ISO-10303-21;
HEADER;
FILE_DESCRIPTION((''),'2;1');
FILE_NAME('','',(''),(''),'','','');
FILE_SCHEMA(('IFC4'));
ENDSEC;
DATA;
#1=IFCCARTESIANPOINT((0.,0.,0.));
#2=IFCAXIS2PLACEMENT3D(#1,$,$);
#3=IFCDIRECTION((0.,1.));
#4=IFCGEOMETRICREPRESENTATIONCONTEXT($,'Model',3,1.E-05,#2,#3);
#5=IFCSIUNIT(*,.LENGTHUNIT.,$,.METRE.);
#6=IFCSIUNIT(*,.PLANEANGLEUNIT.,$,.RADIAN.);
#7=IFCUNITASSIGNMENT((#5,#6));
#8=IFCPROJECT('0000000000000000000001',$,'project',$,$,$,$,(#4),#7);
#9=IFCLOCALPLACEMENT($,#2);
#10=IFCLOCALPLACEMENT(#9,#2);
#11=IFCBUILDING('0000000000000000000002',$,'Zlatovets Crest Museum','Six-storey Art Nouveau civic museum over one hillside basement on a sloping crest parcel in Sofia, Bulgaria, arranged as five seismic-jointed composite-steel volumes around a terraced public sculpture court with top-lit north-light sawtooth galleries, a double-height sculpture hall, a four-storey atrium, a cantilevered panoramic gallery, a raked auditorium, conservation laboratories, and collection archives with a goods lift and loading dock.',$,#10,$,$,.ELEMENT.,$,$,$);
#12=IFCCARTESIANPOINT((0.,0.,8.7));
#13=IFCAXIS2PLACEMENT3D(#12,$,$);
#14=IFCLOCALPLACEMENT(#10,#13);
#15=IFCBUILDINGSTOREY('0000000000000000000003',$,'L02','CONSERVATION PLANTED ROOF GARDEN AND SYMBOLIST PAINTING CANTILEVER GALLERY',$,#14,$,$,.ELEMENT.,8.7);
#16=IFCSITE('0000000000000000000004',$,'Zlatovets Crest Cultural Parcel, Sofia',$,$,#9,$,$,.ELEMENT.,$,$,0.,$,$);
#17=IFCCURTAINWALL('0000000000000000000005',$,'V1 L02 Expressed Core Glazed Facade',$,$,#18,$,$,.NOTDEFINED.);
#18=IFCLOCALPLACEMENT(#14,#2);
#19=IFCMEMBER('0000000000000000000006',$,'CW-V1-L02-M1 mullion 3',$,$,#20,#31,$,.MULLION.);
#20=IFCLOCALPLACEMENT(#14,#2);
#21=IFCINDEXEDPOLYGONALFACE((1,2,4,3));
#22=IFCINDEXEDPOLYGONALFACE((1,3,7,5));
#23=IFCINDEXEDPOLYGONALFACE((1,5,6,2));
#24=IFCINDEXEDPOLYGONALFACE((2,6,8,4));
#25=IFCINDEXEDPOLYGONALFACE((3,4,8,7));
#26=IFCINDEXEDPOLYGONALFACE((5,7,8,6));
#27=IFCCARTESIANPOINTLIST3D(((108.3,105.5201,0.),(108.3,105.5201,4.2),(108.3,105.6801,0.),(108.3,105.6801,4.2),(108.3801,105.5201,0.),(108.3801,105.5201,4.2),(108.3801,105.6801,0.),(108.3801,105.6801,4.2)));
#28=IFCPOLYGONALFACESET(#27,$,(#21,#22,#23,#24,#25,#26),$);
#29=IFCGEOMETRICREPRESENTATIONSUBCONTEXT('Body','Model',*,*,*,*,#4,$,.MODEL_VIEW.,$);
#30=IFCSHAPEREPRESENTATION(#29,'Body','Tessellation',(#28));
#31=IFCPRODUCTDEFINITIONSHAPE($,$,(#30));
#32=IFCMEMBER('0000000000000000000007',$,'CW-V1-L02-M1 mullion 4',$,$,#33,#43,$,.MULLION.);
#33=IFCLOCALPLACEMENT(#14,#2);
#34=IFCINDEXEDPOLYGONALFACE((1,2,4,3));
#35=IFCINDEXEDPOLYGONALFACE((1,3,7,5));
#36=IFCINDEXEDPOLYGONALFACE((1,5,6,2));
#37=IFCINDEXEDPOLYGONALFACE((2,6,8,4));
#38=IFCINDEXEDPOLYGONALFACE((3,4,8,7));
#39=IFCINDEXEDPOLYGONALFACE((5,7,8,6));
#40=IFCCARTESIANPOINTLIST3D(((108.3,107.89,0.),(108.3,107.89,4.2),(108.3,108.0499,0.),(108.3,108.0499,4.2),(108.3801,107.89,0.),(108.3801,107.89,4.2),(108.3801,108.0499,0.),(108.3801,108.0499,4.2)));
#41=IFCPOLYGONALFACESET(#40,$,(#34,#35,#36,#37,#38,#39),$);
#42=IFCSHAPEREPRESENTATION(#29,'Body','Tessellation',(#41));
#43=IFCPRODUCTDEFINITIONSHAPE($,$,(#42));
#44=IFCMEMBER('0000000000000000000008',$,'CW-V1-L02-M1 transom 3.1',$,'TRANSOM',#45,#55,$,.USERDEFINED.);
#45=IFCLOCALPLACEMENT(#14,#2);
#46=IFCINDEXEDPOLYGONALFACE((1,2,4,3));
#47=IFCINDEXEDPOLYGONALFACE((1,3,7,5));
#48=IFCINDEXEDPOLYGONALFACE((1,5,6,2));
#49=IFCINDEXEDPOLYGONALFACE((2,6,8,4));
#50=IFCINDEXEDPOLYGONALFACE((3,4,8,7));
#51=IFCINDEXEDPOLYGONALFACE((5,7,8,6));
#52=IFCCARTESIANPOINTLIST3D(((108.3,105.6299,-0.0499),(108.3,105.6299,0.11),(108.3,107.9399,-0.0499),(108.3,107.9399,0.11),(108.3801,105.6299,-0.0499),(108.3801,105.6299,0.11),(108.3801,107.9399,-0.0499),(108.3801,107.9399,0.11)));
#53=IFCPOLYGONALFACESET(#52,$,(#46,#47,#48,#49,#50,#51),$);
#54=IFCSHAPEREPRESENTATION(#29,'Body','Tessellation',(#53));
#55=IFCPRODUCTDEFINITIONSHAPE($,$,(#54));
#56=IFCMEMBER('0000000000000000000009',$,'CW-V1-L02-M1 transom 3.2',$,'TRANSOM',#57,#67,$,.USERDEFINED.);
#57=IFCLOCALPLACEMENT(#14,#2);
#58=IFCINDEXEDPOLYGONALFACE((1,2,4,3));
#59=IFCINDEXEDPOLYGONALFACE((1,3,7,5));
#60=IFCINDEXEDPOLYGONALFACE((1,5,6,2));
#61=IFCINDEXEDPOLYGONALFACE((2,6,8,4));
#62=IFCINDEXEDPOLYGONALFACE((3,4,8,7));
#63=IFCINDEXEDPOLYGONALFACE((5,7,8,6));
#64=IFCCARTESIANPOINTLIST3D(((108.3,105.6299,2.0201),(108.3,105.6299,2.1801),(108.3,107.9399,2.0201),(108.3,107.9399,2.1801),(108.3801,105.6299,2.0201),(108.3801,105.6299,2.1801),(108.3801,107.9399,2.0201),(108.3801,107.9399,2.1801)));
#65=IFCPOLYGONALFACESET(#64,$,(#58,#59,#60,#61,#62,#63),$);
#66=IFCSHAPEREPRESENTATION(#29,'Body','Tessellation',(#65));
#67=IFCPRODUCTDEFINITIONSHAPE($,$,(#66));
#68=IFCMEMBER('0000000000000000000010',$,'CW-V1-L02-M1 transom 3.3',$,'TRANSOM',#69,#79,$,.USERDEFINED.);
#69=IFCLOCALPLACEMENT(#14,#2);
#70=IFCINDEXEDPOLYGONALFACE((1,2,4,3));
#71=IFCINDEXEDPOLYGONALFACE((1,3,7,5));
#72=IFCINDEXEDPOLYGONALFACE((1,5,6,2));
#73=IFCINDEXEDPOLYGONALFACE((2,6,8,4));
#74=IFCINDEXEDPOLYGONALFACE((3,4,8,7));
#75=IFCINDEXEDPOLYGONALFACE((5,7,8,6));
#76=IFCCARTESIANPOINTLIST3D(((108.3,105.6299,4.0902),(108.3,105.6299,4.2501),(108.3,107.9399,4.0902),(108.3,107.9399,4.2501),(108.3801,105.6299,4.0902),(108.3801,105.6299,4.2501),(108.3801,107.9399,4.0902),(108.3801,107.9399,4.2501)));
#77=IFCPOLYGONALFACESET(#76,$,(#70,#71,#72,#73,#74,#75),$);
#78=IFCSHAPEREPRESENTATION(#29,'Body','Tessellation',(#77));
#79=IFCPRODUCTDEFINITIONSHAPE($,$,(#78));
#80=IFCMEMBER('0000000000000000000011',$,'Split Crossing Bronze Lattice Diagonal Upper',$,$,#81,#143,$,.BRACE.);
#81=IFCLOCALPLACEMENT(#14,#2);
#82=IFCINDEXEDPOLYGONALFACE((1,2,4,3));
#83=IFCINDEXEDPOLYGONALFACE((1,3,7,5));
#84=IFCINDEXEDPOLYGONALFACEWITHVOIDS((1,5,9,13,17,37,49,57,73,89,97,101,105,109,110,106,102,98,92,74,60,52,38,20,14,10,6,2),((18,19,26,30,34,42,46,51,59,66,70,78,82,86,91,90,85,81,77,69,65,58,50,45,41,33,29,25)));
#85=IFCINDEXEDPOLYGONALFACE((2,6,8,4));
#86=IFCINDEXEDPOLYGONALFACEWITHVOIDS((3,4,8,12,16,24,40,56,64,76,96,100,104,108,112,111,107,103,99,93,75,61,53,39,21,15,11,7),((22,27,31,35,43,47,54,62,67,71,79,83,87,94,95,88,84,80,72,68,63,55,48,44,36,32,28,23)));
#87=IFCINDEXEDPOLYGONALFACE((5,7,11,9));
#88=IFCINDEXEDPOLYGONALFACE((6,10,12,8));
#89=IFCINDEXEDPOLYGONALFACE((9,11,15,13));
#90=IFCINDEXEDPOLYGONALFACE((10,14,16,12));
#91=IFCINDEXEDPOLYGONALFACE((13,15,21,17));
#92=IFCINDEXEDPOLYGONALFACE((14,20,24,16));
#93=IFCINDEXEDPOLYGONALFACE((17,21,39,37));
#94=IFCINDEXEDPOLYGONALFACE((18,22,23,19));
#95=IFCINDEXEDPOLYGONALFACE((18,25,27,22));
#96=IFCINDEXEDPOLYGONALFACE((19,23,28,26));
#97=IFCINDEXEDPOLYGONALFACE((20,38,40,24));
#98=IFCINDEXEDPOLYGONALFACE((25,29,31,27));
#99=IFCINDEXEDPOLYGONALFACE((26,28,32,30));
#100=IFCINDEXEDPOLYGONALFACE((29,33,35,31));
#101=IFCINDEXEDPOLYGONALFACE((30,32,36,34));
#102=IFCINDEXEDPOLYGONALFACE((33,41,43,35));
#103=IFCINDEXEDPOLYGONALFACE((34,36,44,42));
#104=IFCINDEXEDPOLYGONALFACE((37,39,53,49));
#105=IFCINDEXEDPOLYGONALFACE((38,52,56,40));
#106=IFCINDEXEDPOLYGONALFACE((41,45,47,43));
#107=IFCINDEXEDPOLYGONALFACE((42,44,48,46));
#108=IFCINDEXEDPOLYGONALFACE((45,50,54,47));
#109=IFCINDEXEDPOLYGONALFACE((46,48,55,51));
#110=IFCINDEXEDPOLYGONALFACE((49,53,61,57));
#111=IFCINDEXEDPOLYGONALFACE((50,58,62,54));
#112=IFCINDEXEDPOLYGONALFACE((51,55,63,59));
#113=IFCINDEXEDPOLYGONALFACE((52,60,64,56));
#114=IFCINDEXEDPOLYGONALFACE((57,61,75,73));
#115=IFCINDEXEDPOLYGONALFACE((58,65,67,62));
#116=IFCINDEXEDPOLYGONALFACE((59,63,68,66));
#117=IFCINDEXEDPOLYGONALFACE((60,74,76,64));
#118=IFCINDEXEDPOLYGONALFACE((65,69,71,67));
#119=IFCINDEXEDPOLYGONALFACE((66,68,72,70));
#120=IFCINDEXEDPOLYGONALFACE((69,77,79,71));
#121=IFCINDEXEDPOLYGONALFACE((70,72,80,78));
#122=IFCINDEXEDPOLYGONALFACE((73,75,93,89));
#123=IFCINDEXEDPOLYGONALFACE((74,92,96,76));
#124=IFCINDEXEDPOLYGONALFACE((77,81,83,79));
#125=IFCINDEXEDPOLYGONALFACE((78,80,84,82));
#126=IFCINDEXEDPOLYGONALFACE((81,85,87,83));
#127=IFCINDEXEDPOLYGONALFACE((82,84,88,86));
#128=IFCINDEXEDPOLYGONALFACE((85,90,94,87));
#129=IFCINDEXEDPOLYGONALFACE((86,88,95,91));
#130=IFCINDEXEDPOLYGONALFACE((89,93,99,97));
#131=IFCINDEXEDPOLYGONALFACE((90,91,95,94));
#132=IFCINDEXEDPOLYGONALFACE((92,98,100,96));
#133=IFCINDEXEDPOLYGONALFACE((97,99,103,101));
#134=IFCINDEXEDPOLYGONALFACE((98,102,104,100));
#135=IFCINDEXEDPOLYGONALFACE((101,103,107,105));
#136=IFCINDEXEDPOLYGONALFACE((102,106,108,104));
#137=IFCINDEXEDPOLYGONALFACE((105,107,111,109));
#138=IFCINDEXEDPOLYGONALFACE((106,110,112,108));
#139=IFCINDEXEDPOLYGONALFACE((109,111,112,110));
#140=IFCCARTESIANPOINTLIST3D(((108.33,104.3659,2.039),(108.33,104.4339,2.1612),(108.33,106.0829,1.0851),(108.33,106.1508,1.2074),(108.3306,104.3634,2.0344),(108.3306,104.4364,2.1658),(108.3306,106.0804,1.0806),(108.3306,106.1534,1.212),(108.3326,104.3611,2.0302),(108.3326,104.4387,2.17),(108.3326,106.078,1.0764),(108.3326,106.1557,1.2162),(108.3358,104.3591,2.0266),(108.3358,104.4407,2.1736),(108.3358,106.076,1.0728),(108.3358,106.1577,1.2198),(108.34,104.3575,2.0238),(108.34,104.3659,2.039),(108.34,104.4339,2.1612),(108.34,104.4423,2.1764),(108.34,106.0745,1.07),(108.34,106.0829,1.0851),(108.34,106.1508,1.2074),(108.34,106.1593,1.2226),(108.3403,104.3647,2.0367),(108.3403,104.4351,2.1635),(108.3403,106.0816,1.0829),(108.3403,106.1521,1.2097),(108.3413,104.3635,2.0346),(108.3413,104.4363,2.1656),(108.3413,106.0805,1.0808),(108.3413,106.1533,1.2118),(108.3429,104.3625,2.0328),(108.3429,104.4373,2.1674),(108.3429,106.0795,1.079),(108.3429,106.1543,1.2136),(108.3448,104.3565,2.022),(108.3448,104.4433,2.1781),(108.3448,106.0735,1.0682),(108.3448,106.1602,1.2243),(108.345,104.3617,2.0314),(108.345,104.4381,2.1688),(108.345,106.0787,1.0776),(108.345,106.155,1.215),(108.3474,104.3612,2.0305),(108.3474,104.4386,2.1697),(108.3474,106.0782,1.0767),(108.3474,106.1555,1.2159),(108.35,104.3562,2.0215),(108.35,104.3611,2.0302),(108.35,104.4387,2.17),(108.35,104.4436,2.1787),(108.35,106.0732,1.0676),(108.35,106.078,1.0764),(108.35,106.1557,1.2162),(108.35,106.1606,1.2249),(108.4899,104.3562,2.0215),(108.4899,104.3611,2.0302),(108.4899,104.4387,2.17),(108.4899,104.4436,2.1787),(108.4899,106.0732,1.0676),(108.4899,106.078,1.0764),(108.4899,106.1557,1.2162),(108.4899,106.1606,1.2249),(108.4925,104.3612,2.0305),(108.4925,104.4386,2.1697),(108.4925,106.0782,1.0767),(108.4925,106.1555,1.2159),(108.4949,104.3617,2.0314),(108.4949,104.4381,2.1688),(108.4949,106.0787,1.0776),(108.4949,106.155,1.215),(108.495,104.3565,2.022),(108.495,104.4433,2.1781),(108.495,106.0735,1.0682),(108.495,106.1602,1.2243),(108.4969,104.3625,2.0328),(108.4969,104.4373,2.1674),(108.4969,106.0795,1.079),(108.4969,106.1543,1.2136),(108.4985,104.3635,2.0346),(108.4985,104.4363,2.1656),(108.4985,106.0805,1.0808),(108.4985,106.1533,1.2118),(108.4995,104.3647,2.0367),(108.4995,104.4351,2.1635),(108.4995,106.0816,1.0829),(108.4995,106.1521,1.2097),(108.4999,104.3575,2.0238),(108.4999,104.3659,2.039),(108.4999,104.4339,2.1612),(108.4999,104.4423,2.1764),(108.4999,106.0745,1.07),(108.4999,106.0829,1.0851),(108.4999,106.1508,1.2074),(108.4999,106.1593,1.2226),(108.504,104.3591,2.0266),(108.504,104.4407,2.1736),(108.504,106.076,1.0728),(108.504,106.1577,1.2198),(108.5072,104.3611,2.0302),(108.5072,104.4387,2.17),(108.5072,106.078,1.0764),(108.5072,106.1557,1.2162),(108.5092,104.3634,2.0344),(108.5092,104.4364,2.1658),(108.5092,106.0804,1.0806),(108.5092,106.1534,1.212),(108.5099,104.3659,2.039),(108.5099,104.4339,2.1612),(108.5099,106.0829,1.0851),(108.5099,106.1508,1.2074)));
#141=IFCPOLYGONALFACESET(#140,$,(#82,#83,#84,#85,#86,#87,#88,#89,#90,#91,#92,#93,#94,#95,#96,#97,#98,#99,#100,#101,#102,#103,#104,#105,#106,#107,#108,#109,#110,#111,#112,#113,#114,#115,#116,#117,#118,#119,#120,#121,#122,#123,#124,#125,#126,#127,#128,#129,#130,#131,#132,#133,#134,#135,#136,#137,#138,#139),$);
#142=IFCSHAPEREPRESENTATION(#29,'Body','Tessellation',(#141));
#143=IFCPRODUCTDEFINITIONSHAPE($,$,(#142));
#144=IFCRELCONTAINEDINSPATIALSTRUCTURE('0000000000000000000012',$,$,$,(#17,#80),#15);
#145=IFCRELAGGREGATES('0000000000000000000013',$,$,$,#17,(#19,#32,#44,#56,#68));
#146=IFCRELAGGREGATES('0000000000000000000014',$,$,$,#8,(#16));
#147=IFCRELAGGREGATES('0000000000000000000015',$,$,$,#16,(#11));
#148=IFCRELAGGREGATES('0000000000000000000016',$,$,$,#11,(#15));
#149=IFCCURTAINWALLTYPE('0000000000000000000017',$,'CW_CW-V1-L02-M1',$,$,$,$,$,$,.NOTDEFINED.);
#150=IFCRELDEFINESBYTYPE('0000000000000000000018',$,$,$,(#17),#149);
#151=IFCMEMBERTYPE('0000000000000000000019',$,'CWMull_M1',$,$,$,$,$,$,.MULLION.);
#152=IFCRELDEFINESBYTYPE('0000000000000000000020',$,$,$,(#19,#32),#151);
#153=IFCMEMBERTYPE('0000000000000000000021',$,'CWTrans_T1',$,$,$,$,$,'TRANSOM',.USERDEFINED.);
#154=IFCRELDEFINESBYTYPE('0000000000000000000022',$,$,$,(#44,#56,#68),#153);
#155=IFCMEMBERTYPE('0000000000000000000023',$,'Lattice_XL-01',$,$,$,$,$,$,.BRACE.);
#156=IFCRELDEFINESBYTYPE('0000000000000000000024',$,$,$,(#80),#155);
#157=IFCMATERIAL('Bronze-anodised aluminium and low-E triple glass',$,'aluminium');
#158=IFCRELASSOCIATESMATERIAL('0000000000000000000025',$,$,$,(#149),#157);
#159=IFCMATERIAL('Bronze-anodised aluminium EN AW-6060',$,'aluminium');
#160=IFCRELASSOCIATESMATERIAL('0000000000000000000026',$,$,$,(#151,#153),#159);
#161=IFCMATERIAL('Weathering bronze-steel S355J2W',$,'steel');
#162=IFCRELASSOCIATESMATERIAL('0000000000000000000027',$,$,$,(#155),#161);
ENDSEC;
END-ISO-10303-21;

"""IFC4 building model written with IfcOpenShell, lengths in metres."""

from ifc_helpers import new_model, si_unit, direction, frame, origin, origin_2d, place, context, subcontext, project, spatial, rectangle, hollow_rectangle, extrude, material, material_profile, profile_set, type_object, element, aggregate, save


model = new_model("IFC4")

# Units and contexts
model_context = context("Model", 3, precision=1e-05, world=origin(), true_north=direction((0.0, 1.0)))
body_context = subcontext(model_context, "Body", "Model", "MODEL_VIEW")
ifc_project = project(units=[si_unit("LENGTHUNIT", "METRE"), si_unit("PLANEANGLEUNIT", "RADIAN")], contexts=[model_context])

# Site, building, storey
site_placement = place(None, origin())
site = spatial("IfcSite", under=ifc_project, at=site_placement, Name="Zlatovets Crest Cultural Parcel, Sofia", CompositionType="ELEMENT", RefElevation=0.0)
building_placement = place(site_placement, origin())
building = spatial("IfcBuilding", under=site, at=building_placement, Name="Zlatovets Crest Museum", Description="Six-storey Art Nouveau civic museum over one hillside basement on a sloping crest parcel in Sofia, Bulgaria, arranged as five seismic-jointed composite-steel volumes around a terraced public sculpture court with top-lit north-light sawtooth galleries, a double-height sculpture hall, a four-storey atrium, a cantilevered panoramic gallery, a raked auditorium, conservation laboratories, and collection archives with a goods lift and loading dock.", CompositionType="ELEMENT")
storey_placement = place(building_placement, frame((0.0, 0.0, 8.7)))
storey = spatial("IfcBuildingStorey", under=building, at=storey_placement, Name="L02", Description="CONSERVATION PLANTED ROOF GARDEN AND SYMBOLIST PAINTING CANTILEVER GALLERY", CompositionType="ELEMENT", Elevation=8.7)

# Curtain wall, members
ifc_material_1 = material(Name="Bronze-anodised aluminium and low-E triple glass", Category="aluminium")
curtain_wall_type = type_object("IfcCurtainWallType", Name="CW_CW-V1-L02-M1", PredefinedType="NOTDEFINED", material=ifc_material_1)
curtain_wall_placement = place(storey_placement, origin())
curtain_wall = element("IfcCurtainWall", 1, at=curtain_wall_placement, inside=storey, type_object=curtain_wall_type, Name="V1 L02 Expressed Core Glazed Facade", PredefinedType="NOTDEFINED")
ifc_material_2 = material(Name="Bronze-anodised aluminium EN AW-6060", Category="aluminium")
ifc_material_profile_1 = material_profile(ifc_material_2, rectangle(XDim=0.0801, YDim=0.1599, at=origin_2d()), Name="ALU 80x160")
ifc_profile_set_1 = profile_set([ifc_material_profile_1], Name="Bronze-anodised aluminium EN AW-6060")
member_type_1 = type_object("IfcMemberType", Name="CWMull_M1", PredefinedType="MULLION", material=ifc_profile_set_1)
member_1_placement = place(storey_placement, frame((108.3401, 105.6001, 0.0), z_axis=(0.0, 0.0, 1.0), x_axis=(-1.0, 0.0, 0.0)))
member_1 = element("IfcMember", 2, at=member_1_placement, type_object=member_type_1, Name="CW-V1-L02-M1 mullion 3", PredefinedType="MULLION", context=body_context, shape_type="SweptSolid", body=[
    extrude(rectangle(XDim=0.0801, YDim=0.1599, at=origin_2d()), origin(), (0.0, 0.0, 1.0), 4.2),
])
member_2_placement = place(storey_placement, frame((108.3401, 107.97, 0.0), z_axis=(0.0, 0.0, 1.0), x_axis=(-1.0, 0.0, 0.0)))
member_2 = element("IfcMember", 3, at=member_2_placement, type_object=member_type_1, Name="CW-V1-L02-M1 mullion 4", PredefinedType="MULLION", context=body_context, shape_type="SweptSolid", body=[
    extrude(rectangle(XDim=0.0801, YDim=0.1599, at=origin_2d()), origin(), (0.0, 0.0, 1.0), 4.2),
])
ifc_material_profile_2 = material_profile(ifc_material_2, rectangle(XDim=0.0801, YDim=0.1599, at=origin_2d()), Name="ALU 80x160")
ifc_profile_set_2 = profile_set([ifc_material_profile_2], Name="Bronze-anodised aluminium EN AW-6060")
member_type_2 = type_object("IfcMemberType", Name="CWTrans_T1", ElementType="TRANSOM", PredefinedType="USERDEFINED", material=ifc_profile_set_2)
member_3_placement = place(storey_placement, frame((108.3401, 105.6299, 0.03), z_axis=(0.0, 1.0, 0.0), x_axis=(-1.0, 0.0, 0.0)))
member_3 = element("IfcMember", 4, at=member_3_placement, type_object=member_type_2, Name="CW-V1-L02-M1 transom 3.1", ObjectType="TRANSOM", PredefinedType="USERDEFINED", context=body_context, shape_type="SweptSolid", body=[
    extrude(rectangle(XDim=0.0801, YDim=0.1599, at=origin_2d()), origin(), (0.0, 0.0, 1.0), 2.3101),
])
member_4_placement = place(storey_placement, frame((108.3401, 105.6299, 2.1001), z_axis=(0.0, 1.0, 0.0), x_axis=(-1.0, 0.0, 0.0)))
member_4 = element("IfcMember", 5, at=member_4_placement, type_object=member_type_2, Name="CW-V1-L02-M1 transom 3.2", ObjectType="TRANSOM", PredefinedType="USERDEFINED", context=body_context, shape_type="SweptSolid", body=[
    extrude(rectangle(XDim=0.0801, YDim=0.1599, at=origin_2d()), origin(), (0.0, 0.0, 1.0), 2.3101),
])
member_5_placement = place(storey_placement, frame((108.3401, 105.6299, 4.1702), z_axis=(0.0, 1.0, 0.0), x_axis=(-1.0, 0.0, 0.0)))
member_5 = element("IfcMember", 6, at=member_5_placement, type_object=member_type_2, Name="CW-V1-L02-M1 transom 3.3", ObjectType="TRANSOM", PredefinedType="USERDEFINED", context=body_context, shape_type="SweptSolid", body=[
    extrude(rectangle(XDim=0.0801, YDim=0.1599, at=origin_2d()), origin(), (0.0, 0.0, 1.0), 2.3101),
])

# Member
ifc_material_3 = material(Name="Weathering bronze-steel S355J2W", Category="steel")
ifc_material_profile_3 = material_profile(ifc_material_3, hollow_rectangle(XDim=0.1799, YDim=0.1799, WallThickness=0.01, InnerFilletRadius=0.01, OuterFilletRadius=0.02, at=origin_2d()), Name="SHS 180x180x10.0")
ifc_profile_set_3 = profile_set([ifc_material_profile_3], Name="Weathering bronze-steel S355J2W")
member_type_3 = type_object("IfcMemberType", Name="Lattice_XL-01", PredefinedType="BRACE", material=ifc_profile_set_3)
for number, where, z_axis, x_axis, name in (
    (7, (108.4199, 104.3999, 2.1001), (0.0, 0.874169, -0.485622), (-1.0, 0.0, 0.0), "Split Crossing Bronze Lattice Diagonal Upper"),
):
    element("IfcMember", number, at=place(storey_placement, frame(where, z_axis=z_axis, x_axis=x_axis)), inside=storey, type_object=member_type_3, Name=name, PredefinedType="BRACE", context=body_context, shape_type="SweptSolid", body=[
        extrude(hollow_rectangle(XDim=0.1799, YDim=0.1799, WallThickness=0.01, InnerFilletRadius=0.01, OuterFilletRadius=0.02, at=origin_2d()), origin(), (0.0, 0.0, 1.0), 1.9641),
    ])

aggregate(curtain_wall, [member_1, member_2, member_3, member_4, member_5])

save(model, "model.ifc")
